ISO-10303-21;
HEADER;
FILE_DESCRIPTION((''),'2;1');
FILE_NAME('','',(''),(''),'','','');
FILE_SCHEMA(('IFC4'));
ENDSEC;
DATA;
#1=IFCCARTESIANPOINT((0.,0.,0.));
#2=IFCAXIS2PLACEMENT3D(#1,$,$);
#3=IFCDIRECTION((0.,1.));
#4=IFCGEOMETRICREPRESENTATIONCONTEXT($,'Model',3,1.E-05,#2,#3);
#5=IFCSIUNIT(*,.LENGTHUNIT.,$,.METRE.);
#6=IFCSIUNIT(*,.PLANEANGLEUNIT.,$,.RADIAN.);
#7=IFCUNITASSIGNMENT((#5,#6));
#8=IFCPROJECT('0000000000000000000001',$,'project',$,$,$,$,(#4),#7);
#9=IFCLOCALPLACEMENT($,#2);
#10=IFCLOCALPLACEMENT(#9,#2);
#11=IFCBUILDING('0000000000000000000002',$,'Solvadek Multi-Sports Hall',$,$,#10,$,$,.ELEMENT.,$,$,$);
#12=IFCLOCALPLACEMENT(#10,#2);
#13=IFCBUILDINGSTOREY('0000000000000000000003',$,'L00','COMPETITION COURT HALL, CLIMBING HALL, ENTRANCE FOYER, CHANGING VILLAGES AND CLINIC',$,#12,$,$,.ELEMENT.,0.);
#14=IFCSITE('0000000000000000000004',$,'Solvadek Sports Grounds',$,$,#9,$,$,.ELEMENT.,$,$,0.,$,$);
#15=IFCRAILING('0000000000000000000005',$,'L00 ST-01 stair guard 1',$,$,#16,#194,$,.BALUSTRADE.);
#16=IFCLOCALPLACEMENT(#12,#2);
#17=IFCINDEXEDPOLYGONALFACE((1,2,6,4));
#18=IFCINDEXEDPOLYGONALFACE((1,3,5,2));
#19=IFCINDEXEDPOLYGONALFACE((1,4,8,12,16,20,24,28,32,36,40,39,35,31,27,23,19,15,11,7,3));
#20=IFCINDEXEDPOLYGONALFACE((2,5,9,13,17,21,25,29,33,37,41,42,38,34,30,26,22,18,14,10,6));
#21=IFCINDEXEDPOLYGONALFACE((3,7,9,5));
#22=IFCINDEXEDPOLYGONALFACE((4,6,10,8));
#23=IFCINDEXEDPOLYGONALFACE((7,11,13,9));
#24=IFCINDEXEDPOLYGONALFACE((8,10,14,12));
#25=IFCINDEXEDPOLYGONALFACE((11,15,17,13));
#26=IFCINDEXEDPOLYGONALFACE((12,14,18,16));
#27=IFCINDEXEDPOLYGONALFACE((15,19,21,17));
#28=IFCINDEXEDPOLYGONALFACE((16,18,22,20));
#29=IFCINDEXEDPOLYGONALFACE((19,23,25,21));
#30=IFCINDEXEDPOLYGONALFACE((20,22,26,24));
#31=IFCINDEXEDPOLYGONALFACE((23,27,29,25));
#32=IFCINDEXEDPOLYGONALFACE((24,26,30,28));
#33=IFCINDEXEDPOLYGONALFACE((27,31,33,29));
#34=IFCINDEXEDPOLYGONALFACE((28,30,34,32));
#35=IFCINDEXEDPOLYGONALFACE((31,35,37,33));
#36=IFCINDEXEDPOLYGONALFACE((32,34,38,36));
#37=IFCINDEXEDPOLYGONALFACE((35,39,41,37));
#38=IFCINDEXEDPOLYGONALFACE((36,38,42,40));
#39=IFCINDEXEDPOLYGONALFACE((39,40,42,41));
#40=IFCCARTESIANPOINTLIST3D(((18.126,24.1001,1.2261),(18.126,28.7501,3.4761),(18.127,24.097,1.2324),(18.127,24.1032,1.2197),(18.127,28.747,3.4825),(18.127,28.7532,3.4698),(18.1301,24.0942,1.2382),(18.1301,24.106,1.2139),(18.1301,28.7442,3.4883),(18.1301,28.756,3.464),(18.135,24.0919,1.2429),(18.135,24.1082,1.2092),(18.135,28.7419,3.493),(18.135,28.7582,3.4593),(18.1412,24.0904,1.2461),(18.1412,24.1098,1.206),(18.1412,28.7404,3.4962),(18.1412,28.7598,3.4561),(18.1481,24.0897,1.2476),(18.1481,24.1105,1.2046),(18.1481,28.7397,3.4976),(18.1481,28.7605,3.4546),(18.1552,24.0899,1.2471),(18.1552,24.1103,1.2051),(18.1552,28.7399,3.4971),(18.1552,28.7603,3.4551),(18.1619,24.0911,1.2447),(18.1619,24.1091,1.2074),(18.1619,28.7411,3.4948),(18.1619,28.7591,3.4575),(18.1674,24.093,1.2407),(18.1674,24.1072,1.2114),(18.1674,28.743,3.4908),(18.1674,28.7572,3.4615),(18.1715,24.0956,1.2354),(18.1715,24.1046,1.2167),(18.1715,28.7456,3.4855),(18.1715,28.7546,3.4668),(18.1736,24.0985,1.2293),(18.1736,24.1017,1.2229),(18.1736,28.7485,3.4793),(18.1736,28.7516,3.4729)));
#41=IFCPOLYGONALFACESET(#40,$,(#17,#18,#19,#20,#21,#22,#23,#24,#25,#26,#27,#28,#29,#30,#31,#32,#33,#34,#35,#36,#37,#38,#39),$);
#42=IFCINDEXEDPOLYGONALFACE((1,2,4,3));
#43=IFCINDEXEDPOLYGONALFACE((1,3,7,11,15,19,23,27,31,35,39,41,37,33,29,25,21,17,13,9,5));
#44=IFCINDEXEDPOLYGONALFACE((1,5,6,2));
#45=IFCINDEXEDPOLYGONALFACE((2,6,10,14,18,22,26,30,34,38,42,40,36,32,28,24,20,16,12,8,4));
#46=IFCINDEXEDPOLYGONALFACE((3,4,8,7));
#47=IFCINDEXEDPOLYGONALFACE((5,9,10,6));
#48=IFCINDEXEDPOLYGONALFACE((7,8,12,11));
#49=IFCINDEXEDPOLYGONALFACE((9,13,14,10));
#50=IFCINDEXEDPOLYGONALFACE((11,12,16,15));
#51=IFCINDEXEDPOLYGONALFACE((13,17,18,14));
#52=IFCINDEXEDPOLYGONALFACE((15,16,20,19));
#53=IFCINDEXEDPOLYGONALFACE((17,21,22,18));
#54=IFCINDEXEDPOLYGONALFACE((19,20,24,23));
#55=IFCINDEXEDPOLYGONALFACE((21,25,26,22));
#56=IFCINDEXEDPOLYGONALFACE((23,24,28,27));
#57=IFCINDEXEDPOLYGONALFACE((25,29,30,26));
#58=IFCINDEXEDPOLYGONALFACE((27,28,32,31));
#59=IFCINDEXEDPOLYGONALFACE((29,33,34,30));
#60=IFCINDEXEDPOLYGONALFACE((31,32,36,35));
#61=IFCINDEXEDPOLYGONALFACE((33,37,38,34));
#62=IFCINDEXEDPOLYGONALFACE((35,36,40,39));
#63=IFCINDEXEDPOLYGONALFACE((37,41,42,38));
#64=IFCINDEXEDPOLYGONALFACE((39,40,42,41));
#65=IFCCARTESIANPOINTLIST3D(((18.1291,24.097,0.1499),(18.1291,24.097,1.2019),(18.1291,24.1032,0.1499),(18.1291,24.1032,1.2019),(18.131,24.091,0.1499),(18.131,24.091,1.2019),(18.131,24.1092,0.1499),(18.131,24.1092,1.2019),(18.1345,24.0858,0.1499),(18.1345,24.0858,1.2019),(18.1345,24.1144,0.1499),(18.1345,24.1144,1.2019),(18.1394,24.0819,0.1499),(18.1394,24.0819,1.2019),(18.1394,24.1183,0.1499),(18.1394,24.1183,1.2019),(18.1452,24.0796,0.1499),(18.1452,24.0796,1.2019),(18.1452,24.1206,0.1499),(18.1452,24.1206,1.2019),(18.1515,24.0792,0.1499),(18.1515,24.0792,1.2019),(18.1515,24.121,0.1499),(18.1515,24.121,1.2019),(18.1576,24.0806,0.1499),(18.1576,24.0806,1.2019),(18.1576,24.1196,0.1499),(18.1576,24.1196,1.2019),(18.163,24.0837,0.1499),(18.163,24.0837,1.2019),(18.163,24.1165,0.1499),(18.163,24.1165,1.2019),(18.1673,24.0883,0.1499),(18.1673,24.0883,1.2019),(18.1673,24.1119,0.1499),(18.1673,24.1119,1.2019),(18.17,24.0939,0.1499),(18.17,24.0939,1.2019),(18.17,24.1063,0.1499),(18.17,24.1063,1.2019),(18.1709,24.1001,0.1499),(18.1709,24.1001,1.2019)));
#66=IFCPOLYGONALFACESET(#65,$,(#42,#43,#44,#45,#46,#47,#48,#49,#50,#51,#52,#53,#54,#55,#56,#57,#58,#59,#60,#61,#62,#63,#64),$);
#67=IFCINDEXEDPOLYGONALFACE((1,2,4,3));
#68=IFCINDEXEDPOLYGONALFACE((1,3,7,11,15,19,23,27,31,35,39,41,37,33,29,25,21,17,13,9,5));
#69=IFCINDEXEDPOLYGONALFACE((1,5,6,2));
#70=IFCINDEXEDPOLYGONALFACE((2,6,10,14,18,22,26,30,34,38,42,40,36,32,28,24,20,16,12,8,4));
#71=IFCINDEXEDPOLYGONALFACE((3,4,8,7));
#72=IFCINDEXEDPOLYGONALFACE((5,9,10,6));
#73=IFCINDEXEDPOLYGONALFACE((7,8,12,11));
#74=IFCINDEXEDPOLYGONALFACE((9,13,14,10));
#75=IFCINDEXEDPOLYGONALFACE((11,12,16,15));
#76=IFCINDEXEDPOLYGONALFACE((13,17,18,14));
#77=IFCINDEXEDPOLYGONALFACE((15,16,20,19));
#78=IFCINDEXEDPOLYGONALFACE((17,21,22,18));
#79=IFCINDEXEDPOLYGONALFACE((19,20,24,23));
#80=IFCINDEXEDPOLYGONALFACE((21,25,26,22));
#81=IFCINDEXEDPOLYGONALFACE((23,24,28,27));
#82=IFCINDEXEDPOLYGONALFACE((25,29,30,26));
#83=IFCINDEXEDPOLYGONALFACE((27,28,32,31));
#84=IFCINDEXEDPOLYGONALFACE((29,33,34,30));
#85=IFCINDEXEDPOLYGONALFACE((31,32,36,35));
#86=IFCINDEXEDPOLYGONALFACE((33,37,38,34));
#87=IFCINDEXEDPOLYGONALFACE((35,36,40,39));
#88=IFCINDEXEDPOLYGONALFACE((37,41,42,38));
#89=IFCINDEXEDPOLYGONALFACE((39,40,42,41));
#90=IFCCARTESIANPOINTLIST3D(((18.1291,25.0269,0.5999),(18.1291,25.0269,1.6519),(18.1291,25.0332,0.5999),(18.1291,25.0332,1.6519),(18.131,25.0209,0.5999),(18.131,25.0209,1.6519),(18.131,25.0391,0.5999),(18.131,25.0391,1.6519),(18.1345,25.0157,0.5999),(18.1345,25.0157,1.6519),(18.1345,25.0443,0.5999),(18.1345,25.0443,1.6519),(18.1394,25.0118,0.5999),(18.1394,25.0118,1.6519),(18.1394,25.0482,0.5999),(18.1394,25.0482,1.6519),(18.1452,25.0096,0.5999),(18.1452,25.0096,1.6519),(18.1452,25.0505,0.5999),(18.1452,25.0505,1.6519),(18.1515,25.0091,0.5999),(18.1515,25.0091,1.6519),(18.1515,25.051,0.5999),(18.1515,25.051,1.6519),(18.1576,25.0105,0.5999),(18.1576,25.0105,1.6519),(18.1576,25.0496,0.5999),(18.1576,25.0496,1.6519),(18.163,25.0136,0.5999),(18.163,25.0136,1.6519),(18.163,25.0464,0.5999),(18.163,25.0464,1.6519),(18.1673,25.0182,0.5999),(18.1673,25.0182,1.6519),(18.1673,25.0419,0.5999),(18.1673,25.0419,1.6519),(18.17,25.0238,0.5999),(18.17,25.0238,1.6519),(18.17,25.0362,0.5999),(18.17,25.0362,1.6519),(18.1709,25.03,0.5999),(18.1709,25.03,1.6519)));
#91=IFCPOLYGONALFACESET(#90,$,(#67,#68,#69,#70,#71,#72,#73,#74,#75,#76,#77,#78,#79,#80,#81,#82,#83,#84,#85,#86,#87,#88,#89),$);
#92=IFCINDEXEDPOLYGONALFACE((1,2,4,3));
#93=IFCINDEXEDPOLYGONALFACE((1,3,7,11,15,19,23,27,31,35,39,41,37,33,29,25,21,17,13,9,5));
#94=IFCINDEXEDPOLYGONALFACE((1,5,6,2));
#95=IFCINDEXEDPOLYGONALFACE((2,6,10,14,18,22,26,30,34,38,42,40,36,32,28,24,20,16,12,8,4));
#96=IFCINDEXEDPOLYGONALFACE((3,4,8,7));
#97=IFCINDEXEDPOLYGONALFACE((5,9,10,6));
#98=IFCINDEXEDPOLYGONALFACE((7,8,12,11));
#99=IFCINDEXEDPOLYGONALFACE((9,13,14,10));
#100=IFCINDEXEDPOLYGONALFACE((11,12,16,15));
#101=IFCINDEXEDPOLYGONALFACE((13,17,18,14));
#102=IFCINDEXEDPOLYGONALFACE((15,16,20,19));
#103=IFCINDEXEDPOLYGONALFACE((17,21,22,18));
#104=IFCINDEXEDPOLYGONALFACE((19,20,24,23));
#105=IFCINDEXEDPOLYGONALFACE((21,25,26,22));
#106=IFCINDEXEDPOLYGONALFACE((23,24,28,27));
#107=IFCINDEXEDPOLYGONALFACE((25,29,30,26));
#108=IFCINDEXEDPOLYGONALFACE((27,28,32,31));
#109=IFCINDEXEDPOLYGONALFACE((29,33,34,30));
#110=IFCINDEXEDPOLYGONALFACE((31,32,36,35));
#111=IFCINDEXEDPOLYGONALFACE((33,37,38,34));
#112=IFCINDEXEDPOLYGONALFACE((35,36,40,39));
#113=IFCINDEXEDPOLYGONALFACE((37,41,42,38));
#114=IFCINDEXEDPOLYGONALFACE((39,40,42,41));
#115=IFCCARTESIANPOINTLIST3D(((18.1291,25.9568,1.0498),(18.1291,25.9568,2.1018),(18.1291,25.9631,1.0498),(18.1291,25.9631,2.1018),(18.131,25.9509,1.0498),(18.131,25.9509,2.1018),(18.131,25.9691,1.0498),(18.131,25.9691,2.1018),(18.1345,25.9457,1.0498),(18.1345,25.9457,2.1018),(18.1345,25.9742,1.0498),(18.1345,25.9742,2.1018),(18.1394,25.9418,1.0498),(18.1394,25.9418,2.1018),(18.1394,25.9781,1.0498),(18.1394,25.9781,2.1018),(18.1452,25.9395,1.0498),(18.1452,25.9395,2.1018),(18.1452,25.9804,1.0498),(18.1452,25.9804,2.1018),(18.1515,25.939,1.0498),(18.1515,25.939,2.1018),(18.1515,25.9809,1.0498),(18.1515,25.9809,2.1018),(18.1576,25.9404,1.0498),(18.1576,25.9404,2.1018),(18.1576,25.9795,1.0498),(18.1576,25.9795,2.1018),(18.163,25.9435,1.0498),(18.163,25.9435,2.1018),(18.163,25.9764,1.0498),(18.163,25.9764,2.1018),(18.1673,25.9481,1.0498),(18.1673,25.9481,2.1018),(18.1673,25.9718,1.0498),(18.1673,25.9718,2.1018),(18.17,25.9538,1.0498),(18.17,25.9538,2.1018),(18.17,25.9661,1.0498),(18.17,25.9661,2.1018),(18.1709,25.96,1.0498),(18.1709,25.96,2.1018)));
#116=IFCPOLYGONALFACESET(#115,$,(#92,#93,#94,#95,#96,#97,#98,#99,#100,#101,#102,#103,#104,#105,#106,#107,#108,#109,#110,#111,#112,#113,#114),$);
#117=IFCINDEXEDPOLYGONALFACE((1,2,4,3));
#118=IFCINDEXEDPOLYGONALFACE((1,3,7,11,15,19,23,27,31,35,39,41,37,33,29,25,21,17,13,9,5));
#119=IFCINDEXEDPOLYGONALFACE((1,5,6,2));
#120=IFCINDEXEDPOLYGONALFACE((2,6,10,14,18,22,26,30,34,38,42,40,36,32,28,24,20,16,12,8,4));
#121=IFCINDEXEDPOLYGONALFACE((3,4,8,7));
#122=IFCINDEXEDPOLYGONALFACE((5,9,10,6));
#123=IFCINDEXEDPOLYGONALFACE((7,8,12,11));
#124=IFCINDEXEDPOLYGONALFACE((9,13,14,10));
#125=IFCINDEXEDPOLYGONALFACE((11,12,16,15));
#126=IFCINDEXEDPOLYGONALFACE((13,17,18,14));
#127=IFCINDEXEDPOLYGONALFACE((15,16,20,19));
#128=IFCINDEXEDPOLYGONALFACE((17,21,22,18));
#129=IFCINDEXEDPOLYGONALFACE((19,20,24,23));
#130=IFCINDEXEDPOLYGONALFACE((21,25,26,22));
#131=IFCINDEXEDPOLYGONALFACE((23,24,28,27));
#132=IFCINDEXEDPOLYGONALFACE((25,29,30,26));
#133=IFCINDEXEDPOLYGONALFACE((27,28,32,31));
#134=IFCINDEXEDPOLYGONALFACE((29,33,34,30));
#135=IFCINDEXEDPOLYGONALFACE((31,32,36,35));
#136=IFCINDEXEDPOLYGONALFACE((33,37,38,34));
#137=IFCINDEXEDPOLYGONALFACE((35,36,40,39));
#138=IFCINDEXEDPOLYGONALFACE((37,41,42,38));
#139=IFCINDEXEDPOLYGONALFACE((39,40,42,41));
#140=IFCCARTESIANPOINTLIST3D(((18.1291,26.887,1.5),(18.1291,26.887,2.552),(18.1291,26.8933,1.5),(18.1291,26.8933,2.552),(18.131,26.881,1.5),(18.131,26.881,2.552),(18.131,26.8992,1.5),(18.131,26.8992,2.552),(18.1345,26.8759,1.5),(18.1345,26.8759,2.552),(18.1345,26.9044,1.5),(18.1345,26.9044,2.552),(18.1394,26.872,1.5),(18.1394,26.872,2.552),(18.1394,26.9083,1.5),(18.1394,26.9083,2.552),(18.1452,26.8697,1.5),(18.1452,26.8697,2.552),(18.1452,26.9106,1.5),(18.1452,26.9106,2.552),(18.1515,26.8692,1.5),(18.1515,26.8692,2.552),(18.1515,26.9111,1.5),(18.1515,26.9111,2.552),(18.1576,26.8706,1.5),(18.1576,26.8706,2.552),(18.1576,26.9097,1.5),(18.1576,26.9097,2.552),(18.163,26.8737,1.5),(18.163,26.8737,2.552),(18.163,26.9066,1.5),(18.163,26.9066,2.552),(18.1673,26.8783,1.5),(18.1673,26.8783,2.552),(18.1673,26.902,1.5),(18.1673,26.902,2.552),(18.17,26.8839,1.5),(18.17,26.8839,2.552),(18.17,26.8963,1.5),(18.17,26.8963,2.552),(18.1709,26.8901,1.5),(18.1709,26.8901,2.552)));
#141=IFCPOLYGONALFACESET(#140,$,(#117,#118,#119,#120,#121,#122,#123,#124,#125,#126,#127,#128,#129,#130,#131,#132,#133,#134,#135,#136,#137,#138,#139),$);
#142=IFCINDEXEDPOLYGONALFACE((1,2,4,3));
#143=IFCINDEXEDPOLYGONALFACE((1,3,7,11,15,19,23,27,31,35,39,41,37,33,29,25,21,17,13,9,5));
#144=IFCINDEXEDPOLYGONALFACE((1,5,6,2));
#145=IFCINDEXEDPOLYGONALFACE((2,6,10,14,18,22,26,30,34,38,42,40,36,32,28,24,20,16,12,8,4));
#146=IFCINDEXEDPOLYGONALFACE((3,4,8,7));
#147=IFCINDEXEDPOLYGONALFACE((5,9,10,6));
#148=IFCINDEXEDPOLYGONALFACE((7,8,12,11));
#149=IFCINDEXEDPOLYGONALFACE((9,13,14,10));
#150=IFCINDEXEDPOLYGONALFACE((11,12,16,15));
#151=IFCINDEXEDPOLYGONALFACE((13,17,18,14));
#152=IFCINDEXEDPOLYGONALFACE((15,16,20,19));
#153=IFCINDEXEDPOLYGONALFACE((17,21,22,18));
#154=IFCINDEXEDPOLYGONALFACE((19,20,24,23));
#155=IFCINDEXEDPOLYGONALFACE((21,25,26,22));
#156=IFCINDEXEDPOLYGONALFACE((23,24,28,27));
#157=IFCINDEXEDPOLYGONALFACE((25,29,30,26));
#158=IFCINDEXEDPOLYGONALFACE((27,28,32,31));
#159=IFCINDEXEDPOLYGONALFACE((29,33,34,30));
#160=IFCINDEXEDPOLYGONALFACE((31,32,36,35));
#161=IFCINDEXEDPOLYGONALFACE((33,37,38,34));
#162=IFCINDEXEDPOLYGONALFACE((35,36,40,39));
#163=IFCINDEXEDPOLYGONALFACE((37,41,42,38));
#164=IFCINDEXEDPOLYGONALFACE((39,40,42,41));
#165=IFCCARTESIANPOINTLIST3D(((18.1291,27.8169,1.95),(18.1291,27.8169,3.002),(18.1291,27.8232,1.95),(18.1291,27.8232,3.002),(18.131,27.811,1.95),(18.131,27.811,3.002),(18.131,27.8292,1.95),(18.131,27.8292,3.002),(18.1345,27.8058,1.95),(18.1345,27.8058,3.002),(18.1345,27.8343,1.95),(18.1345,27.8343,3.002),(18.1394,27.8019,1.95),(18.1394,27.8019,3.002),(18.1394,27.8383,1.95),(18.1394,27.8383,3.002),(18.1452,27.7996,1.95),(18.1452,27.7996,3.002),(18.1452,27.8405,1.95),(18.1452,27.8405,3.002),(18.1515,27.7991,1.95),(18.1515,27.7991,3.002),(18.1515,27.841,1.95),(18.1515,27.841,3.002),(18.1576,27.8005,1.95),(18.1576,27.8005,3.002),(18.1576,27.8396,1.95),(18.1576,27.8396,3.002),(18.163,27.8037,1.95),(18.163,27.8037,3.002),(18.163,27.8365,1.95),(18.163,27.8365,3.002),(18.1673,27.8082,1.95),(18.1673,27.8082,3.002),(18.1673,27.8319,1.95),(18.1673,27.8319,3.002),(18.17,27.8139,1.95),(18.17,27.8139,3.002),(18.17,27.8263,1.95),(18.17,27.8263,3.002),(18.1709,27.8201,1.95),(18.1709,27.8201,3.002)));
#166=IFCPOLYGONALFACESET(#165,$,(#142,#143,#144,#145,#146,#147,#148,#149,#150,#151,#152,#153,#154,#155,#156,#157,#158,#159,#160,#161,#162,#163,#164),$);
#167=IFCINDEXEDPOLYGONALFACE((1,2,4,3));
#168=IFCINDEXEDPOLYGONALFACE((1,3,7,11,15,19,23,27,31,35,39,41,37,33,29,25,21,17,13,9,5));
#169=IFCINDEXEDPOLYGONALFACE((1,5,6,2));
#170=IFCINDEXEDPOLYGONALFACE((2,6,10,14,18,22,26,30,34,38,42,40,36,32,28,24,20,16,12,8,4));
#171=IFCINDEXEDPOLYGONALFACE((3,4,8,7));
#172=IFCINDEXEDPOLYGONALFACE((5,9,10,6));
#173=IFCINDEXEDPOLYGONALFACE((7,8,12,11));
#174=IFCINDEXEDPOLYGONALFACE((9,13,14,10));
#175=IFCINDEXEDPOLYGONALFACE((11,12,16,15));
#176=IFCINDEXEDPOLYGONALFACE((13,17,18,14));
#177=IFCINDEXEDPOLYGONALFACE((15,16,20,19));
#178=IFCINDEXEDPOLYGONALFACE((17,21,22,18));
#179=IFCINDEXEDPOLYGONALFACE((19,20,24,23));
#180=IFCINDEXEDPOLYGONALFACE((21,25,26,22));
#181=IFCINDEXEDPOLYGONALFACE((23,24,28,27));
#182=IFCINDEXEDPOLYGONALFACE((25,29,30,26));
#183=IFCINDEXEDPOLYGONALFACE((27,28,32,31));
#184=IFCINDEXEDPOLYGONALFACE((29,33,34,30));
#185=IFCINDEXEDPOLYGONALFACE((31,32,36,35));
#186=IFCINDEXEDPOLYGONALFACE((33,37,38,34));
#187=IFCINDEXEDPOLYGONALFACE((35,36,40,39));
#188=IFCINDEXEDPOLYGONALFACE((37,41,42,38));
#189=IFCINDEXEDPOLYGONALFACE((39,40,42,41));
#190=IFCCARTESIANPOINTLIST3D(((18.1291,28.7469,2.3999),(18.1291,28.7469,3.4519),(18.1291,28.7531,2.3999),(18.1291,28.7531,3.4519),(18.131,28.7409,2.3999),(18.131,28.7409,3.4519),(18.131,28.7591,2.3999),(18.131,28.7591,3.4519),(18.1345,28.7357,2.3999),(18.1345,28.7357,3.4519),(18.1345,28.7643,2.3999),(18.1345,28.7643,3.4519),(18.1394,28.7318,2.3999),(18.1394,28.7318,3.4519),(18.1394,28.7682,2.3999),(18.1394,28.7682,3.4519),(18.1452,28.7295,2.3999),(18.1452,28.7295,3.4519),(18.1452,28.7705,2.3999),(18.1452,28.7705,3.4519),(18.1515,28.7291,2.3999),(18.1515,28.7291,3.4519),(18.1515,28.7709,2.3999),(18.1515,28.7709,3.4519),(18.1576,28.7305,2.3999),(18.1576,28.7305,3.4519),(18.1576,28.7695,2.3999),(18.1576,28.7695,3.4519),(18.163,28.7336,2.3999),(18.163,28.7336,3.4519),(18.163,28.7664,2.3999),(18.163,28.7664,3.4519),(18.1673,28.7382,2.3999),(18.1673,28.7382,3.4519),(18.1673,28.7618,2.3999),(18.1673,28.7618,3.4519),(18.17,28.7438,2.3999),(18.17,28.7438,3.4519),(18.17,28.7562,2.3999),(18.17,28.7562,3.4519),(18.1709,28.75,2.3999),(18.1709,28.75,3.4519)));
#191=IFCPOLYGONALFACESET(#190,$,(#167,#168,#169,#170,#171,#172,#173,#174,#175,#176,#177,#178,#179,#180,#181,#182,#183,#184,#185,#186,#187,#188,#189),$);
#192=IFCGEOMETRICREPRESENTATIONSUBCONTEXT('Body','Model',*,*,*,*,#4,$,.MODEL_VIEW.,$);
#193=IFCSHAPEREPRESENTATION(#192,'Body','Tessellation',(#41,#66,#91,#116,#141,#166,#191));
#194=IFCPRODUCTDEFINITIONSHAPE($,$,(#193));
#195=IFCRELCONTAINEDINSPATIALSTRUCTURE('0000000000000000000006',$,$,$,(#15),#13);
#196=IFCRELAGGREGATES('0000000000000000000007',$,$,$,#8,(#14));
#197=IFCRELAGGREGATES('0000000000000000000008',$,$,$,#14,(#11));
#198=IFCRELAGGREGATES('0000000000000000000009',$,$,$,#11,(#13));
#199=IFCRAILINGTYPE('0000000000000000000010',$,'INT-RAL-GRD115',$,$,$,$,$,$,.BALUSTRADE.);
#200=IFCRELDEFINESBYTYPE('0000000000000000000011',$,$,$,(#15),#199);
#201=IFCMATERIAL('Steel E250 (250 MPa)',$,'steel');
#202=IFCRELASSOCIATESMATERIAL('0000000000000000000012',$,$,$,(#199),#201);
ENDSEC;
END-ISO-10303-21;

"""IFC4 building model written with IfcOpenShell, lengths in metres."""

from ifc_helpers import new_model, si_unit, direction, frame, origin, origin_2d, place, context, subcontext, project, spatial, circle, extrude, material, type_object, element, save


model = new_model("IFC4")

# Units and contexts
model_context = context("Model", 3, precision=1e-05, world=origin(), true_north=direction((0.0, 1.0)))
body_context = subcontext(model_context, "Body", "Model", "MODEL_VIEW")
ifc_project = project(units=[si_unit("LENGTHUNIT", "METRE"), si_unit("PLANEANGLEUNIT", "RADIAN")], contexts=[model_context])

# Site, building, storey
site_placement = place(None, origin())
site = spatial("IfcSite", under=ifc_project, at=site_placement, Name="Solvadek Sports Grounds", CompositionType="ELEMENT", RefElevation=0.0)
building_placement = place(site_placement, origin())
building = spatial("IfcBuilding", under=site, at=building_placement, Name="Solvadek Multi-Sports Hall", CompositionType="ELEMENT")
storey_placement = place(building_placement, origin())
storey = spatial("IfcBuildingStorey", under=building, at=storey_placement, Name="L00", Description="COMPETITION COURT HALL, CLIMBING HALL, ENTRANCE FOYER, CHANGING VILLAGES AND CLINIC", CompositionType="ELEMENT", Elevation=0.0)

# Railing
ifc_material_1 = material(Name="Steel E250 (250 MPa)", Category="steel")
railing_type_1 = type_object("IfcRailingType", Name="INT-RAL-GRD115", PredefinedType="BALUSTRADE", material=ifc_material_1)
railing_1_placement = place(storey_placement, frame((18.1499, 24.1001, 0.1499)))
element("IfcRailing", 1, at=railing_1_placement, inside=storey, type_object=railing_type_1, Name="L00 ST-01 stair guard 1", PredefinedType="BALUSTRADE", context=body_context, shape_type="SweptSolid", body=[
    extrude(circle(Radius=0.0239, at=origin_2d()), frame((0.0, 0.0, 1.0762), z_axis=(0.0, 0.900156, 0.435568), x_axis=(-1.0, 0.0, 0.0)), (0.0, 0.0, 1.0), 5.1658),
    extrude(circle(Radius=0.021, at=origin_2d()), origin(), (0.0, 0.0, 1.0), 1.052),
    extrude(circle(Radius=0.021, at=origin_2d()), frame((0.0, 0.9299, 0.45)), (0.0, 0.0, 1.0), 1.052),
    extrude(circle(Radius=0.021, at=origin_2d()), frame((0.0, 1.8599, 0.8999)), (0.0, 0.0, 1.0), 1.052),
    extrude(circle(Radius=0.021, at=origin_2d()), frame((0.0, 2.79, 1.3501)), (0.0, 0.0, 1.0), 1.052),
    extrude(circle(Radius=0.021, at=origin_2d()), frame((0.0, 3.72, 1.8)), (0.0, 0.0, 1.0), 1.052),
    extrude(circle(Radius=0.021, at=origin_2d()), frame((0.0, 4.6499, 2.25)), (0.0, 0.0, 1.0), 1.052),
])

save(model, "model.ifc")
